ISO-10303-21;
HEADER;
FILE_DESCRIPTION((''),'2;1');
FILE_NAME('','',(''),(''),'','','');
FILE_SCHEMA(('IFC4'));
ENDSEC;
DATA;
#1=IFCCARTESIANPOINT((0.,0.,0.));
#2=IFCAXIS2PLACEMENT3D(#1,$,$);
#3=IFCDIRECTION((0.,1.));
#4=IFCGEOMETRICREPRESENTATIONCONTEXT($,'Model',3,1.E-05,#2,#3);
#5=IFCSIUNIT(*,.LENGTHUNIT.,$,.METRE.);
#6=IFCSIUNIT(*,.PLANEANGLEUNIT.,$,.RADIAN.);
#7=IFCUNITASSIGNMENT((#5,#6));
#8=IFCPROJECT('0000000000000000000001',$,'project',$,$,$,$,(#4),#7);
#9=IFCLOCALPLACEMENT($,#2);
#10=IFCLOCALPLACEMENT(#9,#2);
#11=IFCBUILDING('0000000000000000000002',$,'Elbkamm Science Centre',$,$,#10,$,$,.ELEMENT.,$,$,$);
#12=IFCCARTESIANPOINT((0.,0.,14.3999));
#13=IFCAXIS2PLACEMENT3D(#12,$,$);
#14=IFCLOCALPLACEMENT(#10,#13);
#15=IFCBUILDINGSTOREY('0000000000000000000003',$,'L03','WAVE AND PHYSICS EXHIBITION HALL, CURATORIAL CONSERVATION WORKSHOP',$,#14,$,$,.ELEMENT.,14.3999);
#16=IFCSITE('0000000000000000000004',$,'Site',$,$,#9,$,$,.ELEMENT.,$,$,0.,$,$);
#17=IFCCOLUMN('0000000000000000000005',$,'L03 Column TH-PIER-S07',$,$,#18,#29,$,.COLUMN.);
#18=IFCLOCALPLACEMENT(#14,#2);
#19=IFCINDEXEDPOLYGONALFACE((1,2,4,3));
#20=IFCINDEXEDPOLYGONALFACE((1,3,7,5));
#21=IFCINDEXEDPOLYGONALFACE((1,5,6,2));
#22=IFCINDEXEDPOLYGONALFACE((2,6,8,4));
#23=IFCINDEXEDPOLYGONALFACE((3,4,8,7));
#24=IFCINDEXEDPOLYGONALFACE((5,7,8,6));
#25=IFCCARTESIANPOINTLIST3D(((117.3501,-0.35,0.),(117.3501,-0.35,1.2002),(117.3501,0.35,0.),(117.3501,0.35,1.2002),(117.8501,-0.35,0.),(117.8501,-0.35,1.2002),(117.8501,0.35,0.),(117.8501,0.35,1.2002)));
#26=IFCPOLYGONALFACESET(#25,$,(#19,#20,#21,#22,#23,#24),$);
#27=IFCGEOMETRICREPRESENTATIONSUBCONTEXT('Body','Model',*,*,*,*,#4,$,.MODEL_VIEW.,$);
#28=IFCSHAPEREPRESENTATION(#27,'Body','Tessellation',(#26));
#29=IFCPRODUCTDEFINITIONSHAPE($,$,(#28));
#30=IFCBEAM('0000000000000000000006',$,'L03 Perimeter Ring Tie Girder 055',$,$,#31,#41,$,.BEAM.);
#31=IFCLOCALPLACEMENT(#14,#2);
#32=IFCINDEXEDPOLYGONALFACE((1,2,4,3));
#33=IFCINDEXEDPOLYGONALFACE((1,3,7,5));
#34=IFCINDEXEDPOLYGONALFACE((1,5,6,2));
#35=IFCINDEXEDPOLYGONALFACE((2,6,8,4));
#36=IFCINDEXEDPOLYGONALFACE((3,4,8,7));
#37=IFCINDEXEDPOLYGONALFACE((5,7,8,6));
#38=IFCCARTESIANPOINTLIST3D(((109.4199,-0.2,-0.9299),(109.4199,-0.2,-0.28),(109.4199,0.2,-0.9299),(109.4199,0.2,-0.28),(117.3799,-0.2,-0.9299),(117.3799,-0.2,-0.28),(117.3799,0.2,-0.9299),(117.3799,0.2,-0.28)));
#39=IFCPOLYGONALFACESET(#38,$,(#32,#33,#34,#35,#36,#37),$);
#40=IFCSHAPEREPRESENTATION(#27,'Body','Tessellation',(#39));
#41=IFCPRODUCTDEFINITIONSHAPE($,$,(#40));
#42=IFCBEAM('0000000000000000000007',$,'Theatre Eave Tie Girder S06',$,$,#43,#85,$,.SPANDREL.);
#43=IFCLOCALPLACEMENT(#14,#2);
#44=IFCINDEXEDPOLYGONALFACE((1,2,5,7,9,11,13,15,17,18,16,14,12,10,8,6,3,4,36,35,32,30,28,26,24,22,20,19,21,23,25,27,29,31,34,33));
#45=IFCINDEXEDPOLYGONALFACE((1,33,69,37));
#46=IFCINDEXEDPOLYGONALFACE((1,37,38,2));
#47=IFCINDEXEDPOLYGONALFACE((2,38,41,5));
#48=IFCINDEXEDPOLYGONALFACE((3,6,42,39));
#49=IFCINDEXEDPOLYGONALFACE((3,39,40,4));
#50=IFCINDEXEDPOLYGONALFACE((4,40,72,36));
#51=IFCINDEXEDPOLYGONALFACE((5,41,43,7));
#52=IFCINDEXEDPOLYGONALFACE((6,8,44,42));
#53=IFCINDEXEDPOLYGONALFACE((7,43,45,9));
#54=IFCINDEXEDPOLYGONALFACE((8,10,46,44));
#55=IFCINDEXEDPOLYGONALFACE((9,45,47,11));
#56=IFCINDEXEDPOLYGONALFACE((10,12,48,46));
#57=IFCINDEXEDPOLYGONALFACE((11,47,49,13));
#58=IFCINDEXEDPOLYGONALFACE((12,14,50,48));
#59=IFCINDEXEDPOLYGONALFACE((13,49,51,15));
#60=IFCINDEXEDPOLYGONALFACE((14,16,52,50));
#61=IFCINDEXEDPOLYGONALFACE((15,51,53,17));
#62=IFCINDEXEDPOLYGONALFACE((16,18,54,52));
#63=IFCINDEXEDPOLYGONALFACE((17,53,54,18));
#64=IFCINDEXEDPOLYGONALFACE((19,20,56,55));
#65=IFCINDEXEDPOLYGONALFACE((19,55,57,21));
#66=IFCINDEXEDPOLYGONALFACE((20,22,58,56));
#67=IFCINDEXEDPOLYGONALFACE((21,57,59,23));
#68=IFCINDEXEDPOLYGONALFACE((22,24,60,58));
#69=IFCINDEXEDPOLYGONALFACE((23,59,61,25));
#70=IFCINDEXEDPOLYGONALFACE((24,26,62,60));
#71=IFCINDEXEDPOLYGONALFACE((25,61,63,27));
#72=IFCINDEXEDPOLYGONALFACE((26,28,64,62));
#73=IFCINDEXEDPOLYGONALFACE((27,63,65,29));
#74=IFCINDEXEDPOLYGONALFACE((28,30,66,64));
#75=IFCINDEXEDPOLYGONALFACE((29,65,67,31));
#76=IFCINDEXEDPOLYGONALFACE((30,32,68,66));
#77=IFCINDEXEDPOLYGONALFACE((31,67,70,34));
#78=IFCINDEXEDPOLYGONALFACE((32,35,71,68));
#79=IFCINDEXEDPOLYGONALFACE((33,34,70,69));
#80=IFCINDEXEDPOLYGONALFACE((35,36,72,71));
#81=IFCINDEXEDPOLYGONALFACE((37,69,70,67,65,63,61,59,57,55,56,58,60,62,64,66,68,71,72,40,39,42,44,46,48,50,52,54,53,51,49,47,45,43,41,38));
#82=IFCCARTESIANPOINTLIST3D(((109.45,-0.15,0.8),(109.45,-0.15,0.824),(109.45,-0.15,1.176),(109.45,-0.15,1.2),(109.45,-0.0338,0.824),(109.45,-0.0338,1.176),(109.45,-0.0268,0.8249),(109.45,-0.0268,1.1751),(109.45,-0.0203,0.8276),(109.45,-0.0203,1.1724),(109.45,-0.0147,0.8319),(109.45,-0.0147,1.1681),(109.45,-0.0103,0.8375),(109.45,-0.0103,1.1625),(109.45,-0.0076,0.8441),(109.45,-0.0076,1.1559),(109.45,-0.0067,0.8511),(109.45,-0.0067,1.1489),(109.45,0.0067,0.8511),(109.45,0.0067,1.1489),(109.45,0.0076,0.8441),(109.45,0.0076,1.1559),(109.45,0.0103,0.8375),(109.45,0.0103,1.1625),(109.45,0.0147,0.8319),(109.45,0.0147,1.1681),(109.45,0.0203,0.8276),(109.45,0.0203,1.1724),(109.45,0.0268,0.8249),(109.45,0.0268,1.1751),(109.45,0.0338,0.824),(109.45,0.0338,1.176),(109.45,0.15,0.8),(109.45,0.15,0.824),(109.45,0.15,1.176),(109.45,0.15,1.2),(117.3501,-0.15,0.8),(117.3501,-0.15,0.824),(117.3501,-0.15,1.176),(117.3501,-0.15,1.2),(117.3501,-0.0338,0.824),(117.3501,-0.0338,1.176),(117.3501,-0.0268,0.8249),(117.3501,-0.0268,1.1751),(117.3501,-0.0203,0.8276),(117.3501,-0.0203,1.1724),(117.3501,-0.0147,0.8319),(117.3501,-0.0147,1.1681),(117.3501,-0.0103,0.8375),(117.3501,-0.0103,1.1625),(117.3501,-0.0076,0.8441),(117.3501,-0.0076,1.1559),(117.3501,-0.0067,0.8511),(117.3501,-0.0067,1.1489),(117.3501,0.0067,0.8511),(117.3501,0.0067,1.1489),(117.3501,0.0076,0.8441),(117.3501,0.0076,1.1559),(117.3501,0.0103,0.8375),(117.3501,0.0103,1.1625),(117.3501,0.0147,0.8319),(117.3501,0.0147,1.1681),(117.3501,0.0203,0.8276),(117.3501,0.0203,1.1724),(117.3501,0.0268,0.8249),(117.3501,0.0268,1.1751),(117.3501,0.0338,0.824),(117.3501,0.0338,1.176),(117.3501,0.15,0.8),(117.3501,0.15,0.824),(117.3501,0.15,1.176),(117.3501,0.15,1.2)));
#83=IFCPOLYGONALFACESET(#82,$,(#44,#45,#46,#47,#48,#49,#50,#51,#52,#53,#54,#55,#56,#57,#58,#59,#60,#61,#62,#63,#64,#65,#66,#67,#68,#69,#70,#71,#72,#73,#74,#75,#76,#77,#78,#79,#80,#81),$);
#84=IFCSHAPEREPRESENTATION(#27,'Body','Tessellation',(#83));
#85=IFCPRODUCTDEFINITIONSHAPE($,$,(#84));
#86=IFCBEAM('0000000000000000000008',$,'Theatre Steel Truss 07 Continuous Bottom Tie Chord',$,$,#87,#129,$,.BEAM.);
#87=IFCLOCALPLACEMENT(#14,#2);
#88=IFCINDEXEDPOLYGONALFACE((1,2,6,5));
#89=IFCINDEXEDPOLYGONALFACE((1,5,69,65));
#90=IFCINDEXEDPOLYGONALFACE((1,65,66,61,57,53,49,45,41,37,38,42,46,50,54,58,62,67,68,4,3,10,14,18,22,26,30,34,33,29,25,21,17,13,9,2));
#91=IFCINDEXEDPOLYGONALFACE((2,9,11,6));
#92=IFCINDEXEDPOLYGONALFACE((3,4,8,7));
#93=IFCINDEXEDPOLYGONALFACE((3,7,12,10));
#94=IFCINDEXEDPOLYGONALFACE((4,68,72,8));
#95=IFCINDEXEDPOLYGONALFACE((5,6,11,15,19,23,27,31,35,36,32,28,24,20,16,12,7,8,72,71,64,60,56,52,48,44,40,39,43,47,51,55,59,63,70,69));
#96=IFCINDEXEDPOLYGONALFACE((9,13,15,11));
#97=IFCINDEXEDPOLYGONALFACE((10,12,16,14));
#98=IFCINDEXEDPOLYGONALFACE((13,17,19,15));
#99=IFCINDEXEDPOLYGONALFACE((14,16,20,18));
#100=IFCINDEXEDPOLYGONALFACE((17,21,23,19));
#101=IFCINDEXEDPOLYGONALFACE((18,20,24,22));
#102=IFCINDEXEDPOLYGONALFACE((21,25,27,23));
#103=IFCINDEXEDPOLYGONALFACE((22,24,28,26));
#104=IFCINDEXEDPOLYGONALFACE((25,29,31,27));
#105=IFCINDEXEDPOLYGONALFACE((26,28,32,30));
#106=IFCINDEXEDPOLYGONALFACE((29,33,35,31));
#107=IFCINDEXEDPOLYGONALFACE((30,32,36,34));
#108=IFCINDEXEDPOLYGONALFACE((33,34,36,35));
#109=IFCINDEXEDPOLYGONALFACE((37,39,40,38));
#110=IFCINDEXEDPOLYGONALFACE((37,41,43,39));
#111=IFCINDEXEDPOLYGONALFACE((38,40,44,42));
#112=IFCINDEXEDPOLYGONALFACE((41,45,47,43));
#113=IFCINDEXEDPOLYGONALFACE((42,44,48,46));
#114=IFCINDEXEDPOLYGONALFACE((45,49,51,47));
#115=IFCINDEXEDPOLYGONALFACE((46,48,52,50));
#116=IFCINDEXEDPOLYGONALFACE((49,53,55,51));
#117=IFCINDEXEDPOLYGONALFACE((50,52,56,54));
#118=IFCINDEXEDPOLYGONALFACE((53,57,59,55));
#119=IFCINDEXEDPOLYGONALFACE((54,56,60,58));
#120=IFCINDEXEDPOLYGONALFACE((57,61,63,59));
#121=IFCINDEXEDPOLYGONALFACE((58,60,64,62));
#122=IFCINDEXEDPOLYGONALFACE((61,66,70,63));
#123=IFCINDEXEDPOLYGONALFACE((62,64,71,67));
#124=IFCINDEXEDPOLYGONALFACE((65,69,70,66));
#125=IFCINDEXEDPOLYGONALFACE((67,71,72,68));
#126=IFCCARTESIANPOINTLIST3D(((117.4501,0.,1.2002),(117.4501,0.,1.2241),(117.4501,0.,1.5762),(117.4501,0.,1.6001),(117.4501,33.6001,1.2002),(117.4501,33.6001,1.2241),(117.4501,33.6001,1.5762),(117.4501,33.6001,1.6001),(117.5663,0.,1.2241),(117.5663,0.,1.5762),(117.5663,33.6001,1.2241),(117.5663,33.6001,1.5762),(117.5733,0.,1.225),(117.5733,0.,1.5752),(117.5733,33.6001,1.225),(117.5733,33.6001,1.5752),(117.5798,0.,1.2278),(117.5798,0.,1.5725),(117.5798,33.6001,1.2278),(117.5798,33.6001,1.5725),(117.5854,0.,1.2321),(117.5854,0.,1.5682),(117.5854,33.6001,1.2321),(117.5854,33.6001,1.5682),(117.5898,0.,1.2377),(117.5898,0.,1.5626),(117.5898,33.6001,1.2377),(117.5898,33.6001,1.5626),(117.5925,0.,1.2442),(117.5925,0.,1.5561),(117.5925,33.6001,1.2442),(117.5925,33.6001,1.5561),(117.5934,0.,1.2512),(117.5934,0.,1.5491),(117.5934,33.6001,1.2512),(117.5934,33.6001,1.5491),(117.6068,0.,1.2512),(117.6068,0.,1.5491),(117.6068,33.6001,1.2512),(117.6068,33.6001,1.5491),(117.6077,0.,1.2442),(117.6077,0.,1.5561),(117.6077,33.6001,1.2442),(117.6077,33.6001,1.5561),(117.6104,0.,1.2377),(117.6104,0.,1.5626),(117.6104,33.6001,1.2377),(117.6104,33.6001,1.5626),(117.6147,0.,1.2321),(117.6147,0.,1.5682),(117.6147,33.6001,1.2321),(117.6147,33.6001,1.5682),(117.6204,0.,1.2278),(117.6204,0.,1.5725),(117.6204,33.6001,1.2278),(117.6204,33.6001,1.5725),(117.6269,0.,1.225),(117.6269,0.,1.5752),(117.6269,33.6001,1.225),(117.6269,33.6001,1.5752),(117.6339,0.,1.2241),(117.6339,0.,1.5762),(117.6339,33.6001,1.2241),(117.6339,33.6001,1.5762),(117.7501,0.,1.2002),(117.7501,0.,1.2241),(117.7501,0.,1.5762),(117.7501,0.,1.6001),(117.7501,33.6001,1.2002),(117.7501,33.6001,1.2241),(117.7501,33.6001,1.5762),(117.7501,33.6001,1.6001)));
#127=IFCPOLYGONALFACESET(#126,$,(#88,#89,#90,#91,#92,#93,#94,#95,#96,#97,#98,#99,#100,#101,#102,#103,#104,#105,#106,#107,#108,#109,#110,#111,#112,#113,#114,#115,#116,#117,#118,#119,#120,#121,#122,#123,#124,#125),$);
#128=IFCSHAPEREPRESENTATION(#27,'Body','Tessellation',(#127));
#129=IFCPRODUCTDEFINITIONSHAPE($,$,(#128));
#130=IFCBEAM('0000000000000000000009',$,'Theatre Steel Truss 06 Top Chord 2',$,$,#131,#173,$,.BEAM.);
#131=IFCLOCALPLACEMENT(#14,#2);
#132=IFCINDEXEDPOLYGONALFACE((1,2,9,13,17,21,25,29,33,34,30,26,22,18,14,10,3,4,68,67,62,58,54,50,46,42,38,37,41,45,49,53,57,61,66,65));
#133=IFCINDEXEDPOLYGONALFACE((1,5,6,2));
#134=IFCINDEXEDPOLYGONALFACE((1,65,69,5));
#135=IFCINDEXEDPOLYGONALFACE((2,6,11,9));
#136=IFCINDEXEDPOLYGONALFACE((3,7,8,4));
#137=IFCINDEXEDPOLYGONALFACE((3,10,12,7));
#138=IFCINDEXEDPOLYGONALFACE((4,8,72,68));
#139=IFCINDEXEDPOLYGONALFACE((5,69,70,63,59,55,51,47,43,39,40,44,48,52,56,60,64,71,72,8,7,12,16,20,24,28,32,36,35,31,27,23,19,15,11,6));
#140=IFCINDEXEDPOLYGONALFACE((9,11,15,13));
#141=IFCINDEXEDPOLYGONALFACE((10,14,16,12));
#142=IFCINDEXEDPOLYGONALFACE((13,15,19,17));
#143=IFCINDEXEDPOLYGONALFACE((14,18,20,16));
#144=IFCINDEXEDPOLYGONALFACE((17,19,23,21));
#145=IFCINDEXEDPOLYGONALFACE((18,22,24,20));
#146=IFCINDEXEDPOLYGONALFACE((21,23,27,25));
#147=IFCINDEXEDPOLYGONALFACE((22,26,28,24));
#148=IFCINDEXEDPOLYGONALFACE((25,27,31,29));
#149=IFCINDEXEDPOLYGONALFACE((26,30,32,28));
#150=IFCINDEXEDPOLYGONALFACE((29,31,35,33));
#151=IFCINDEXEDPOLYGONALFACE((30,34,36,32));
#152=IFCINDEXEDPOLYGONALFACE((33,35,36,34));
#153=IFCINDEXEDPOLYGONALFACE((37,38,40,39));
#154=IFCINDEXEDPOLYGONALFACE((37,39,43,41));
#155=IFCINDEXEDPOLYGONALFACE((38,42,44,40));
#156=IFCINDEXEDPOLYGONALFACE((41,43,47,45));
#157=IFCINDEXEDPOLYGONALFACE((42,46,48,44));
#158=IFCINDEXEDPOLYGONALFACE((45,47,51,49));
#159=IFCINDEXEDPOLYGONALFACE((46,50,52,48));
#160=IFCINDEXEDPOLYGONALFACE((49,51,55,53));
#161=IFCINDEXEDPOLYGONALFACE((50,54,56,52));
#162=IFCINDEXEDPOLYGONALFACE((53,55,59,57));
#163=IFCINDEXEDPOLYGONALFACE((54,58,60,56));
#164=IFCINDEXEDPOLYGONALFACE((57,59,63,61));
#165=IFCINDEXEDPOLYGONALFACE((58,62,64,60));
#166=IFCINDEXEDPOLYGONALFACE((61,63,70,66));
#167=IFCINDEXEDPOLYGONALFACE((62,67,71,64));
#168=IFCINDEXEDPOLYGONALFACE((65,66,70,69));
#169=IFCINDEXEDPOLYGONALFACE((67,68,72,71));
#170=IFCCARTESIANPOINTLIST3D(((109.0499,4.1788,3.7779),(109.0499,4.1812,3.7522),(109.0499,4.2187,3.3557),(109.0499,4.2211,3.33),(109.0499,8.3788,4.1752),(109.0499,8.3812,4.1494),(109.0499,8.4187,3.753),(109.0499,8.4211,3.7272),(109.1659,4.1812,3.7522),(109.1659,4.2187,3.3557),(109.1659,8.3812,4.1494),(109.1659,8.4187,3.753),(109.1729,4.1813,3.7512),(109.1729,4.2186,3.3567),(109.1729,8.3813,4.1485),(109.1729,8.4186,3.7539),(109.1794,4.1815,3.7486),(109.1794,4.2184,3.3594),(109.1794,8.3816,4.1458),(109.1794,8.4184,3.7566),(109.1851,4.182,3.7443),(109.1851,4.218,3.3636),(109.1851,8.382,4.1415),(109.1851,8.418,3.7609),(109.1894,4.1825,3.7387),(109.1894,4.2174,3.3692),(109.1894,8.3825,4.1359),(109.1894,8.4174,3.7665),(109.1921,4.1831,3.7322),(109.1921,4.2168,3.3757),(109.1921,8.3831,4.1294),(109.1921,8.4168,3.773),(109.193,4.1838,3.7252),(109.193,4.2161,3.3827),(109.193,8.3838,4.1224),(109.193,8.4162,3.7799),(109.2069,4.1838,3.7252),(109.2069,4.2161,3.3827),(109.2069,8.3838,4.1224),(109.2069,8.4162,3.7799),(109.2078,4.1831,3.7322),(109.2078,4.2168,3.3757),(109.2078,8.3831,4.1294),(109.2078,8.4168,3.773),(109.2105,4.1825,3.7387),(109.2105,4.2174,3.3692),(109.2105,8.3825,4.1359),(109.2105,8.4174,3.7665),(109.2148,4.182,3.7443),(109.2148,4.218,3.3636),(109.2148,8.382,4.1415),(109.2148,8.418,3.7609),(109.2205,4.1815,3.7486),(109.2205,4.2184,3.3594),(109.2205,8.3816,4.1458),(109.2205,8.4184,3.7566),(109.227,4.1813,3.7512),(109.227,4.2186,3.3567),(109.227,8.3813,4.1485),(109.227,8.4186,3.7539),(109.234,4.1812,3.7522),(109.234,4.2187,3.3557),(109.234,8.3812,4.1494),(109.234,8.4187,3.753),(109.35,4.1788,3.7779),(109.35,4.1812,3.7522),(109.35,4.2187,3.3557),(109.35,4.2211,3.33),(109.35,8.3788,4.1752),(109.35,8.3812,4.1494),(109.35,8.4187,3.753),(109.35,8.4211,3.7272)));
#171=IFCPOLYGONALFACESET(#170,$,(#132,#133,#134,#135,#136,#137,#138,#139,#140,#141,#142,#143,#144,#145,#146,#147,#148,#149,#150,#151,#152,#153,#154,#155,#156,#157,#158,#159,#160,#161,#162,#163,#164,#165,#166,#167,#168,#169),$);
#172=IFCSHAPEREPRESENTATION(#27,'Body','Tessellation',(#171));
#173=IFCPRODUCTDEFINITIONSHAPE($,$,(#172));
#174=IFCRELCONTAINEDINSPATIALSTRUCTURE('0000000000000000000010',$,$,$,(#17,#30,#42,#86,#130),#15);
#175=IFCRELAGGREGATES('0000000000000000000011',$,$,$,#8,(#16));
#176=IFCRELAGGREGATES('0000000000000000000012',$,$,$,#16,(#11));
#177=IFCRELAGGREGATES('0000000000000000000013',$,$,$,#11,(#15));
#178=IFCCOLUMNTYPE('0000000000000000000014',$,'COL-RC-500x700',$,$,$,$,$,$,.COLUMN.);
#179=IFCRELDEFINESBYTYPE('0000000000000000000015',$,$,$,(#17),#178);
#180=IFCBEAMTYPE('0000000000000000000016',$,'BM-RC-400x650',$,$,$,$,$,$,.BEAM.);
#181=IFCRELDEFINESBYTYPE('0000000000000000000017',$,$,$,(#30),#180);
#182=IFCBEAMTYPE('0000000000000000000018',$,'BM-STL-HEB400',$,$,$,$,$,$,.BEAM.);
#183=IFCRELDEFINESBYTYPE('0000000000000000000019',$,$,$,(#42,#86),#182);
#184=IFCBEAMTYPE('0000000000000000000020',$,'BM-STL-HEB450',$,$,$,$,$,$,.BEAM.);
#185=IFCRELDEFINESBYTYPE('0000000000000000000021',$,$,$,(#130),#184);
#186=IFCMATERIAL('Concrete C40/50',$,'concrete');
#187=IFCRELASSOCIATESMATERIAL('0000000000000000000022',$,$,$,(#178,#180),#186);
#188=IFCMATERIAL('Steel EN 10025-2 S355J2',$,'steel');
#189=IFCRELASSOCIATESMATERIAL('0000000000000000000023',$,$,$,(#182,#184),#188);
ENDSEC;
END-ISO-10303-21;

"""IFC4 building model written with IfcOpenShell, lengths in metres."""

from ifc_helpers import new_model, si_unit, direction, frame, origin, origin_2d, place, context, subcontext, project, spatial, rectangle, i_section, extrude, material, material_profile, profile_set, type_object, element, save


model = new_model("IFC4")

# Units and contexts
model_context = context("Model", 3, precision=1e-05, world=origin(), true_north=direction((0.0, 1.0)))
body_context = subcontext(model_context, "Body", "Model", "MODEL_VIEW")
ifc_project = project(units=[si_unit("LENGTHUNIT", "METRE"), si_unit("PLANEANGLEUNIT", "RADIAN")], contexts=[model_context])

# Site, building, storey
site_placement = place(None, origin())
site = spatial("IfcSite", under=ifc_project, at=site_placement, Name="Site", CompositionType="ELEMENT", RefElevation=0.0)
building_placement = place(site_placement, origin())
building = spatial("IfcBuilding", under=site, at=building_placement, Name="Elbkamm Science Centre", CompositionType="ELEMENT")
storey_placement = place(building_placement, frame((0.0, 0.0, 14.3999)))
storey = spatial("IfcBuildingStorey", under=building, at=storey_placement, Name="L03", Description="WAVE AND PHYSICS EXHIBITION HALL, CURATORIAL CONSERVATION WORKSHOP", CompositionType="ELEMENT", Elevation=14.3999)

# Column
ifc_material_1 = material(Name="Concrete C40/50", Category="concrete")
ifc_material_profile_1 = material_profile(ifc_material_1, rectangle(XDim=0.5, YDim=0.7, at=origin_2d()), Name="RC 500x700")
ifc_profile_set_1 = profile_set([ifc_material_profile_1], Name="Concrete C40/50")
column_type = type_object("IfcColumnType", Name="COL-RC-500x700", PredefinedType="COLUMN", material=ifc_profile_set_1)
column_placement = place(storey_placement, frame((117.6001, 0.0, 0.0), z_axis=(0.0, 0.0, 1.0), x_axis=(1.0, 0.0, 0.0)))
element("IfcColumn", 1, at=column_placement, inside=storey, type_object=column_type, Name="L03 Column TH-PIER-S07", PredefinedType="COLUMN", context=body_context, shape_type="SweptSolid", body=[
    extrude(rectangle(XDim=0.5, YDim=0.7, at=origin_2d()), origin(), (0.0, 0.0, 1.0), 1.2002),
])

# Beams
ifc_material_profile_2 = material_profile(ifc_material_1, rectangle(XDim=0.3999, YDim=0.6499, at=origin_2d()), Name="RC 400x650")
ifc_profile_set_2 = profile_set([ifc_material_profile_2], Name="Concrete C40/50")
beam_type_1 = type_object("IfcBeamType", Name="BM-RC-400x650", PredefinedType="BEAM", material=ifc_profile_set_2)
beam_1_placement = place(storey_placement, frame((109.4199, 0.0, -0.605), z_axis=(1.0, 0.0, 0.0), x_axis=(0.0, 1.0, 0.0)))
element("IfcBeam", 2, at=beam_1_placement, inside=storey, type_object=beam_type_1, Name="L03 Perimeter Ring Tie Girder 055", PredefinedType="BEAM", context=body_context, shape_type="SweptSolid", body=[
    extrude(rectangle(XDim=0.3999, YDim=0.6499, at=origin_2d()), origin(), (0.0, 0.0, 1.0), 7.96),
])
ifc_material_2 = material(Name="Steel EN 10025-2 S355J2", Category="steel")
ifc_material_profile_3 = material_profile(ifc_material_2, i_section(OverallWidth=0.3, OverallDepth=0.3999, WebThickness=0.0134, FlangeThickness=0.0239, FilletRadius=0.0271, at=origin_2d()), Name="HEB 400")
ifc_profile_set_3 = profile_set([ifc_material_profile_3], Name="Steel EN 10025-2 S355J2")
beam_type_2 = type_object("IfcBeamType", Name="BM-STL-HEB400", PredefinedType="BEAM", material=ifc_profile_set_3)
beam_2_placement = place(storey_placement, frame((109.45, 0.0, 1.0), z_axis=(1.0, 0.0, 0.0), x_axis=(0.0, 1.0, 0.0)))
element("IfcBeam", 3, at=beam_2_placement, inside=storey, type_object=beam_type_2, Name="Theatre Eave Tie Girder S06", PredefinedType="SPANDREL", context=body_context, shape_type="SweptSolid", body=[
    extrude(i_section(OverallWidth=0.3, OverallDepth=0.3999, WebThickness=0.0134, FlangeThickness=0.0239, FilletRadius=0.0271, at=origin_2d()), origin(), (0.0, 0.0, 1.0), 7.9001),
])
beam_3_placement = place(storey_placement, frame((117.6001, 0.0, 1.4001), z_axis=(0.0, 1.0, 0.0), x_axis=(-1.0, 0.0, 0.0)))
element("IfcBeam", 4, at=beam_3_placement, inside=storey, type_object=beam_type_2, Name="Theatre Steel Truss 07 Continuous Bottom Tie Chord", PredefinedType="BEAM", context=body_context, shape_type="SweptSolid", body=[
    extrude(i_section(OverallWidth=0.3, OverallDepth=0.3999, WebThickness=0.0134, FlangeThickness=0.0239, FilletRadius=0.0271, at=origin_2d()), origin(), (0.0, 0.0, 1.0), 33.6001),
])
ifc_material_profile_4 = material_profile(ifc_material_2, i_section(OverallWidth=0.3, OverallDepth=0.45, WebThickness=0.0139, FlangeThickness=0.0259, FilletRadius=0.0271, at=origin_2d()), Name="HEB 450")
ifc_profile_set_4 = profile_set([ifc_material_profile_4], Name="Steel EN 10025-2 S355J2")
beam_type_3 = type_object("IfcBeamType", Name="BM-STL-HEB450", PredefinedType="BEAM", material=ifc_profile_set_4)
for number, where, z_axis, x_axis, name in (
    (5, (109.2, 4.2, 3.554), (0.0, 0.995557, 0.094156), (-1.0, 0.0, 0.0), "Theatre Steel Truss 06 Top Chord 2"),
):
    element("IfcBeam", number, at=place(storey_placement, frame(where, z_axis=z_axis, x_axis=x_axis)), inside=storey, type_object=beam_type_3, Name=name, PredefinedType="BEAM", context=body_context, shape_type="SweptSolid", body=[
        extrude(i_section(OverallWidth=0.3, OverallDepth=0.45, WebThickness=0.0139, FlangeThickness=0.0259, FilletRadius=0.0271, at=origin_2d()), origin(), (0.0, 0.0, 1.0), 4.2188),
    ])

save(model, "model.ifc")
